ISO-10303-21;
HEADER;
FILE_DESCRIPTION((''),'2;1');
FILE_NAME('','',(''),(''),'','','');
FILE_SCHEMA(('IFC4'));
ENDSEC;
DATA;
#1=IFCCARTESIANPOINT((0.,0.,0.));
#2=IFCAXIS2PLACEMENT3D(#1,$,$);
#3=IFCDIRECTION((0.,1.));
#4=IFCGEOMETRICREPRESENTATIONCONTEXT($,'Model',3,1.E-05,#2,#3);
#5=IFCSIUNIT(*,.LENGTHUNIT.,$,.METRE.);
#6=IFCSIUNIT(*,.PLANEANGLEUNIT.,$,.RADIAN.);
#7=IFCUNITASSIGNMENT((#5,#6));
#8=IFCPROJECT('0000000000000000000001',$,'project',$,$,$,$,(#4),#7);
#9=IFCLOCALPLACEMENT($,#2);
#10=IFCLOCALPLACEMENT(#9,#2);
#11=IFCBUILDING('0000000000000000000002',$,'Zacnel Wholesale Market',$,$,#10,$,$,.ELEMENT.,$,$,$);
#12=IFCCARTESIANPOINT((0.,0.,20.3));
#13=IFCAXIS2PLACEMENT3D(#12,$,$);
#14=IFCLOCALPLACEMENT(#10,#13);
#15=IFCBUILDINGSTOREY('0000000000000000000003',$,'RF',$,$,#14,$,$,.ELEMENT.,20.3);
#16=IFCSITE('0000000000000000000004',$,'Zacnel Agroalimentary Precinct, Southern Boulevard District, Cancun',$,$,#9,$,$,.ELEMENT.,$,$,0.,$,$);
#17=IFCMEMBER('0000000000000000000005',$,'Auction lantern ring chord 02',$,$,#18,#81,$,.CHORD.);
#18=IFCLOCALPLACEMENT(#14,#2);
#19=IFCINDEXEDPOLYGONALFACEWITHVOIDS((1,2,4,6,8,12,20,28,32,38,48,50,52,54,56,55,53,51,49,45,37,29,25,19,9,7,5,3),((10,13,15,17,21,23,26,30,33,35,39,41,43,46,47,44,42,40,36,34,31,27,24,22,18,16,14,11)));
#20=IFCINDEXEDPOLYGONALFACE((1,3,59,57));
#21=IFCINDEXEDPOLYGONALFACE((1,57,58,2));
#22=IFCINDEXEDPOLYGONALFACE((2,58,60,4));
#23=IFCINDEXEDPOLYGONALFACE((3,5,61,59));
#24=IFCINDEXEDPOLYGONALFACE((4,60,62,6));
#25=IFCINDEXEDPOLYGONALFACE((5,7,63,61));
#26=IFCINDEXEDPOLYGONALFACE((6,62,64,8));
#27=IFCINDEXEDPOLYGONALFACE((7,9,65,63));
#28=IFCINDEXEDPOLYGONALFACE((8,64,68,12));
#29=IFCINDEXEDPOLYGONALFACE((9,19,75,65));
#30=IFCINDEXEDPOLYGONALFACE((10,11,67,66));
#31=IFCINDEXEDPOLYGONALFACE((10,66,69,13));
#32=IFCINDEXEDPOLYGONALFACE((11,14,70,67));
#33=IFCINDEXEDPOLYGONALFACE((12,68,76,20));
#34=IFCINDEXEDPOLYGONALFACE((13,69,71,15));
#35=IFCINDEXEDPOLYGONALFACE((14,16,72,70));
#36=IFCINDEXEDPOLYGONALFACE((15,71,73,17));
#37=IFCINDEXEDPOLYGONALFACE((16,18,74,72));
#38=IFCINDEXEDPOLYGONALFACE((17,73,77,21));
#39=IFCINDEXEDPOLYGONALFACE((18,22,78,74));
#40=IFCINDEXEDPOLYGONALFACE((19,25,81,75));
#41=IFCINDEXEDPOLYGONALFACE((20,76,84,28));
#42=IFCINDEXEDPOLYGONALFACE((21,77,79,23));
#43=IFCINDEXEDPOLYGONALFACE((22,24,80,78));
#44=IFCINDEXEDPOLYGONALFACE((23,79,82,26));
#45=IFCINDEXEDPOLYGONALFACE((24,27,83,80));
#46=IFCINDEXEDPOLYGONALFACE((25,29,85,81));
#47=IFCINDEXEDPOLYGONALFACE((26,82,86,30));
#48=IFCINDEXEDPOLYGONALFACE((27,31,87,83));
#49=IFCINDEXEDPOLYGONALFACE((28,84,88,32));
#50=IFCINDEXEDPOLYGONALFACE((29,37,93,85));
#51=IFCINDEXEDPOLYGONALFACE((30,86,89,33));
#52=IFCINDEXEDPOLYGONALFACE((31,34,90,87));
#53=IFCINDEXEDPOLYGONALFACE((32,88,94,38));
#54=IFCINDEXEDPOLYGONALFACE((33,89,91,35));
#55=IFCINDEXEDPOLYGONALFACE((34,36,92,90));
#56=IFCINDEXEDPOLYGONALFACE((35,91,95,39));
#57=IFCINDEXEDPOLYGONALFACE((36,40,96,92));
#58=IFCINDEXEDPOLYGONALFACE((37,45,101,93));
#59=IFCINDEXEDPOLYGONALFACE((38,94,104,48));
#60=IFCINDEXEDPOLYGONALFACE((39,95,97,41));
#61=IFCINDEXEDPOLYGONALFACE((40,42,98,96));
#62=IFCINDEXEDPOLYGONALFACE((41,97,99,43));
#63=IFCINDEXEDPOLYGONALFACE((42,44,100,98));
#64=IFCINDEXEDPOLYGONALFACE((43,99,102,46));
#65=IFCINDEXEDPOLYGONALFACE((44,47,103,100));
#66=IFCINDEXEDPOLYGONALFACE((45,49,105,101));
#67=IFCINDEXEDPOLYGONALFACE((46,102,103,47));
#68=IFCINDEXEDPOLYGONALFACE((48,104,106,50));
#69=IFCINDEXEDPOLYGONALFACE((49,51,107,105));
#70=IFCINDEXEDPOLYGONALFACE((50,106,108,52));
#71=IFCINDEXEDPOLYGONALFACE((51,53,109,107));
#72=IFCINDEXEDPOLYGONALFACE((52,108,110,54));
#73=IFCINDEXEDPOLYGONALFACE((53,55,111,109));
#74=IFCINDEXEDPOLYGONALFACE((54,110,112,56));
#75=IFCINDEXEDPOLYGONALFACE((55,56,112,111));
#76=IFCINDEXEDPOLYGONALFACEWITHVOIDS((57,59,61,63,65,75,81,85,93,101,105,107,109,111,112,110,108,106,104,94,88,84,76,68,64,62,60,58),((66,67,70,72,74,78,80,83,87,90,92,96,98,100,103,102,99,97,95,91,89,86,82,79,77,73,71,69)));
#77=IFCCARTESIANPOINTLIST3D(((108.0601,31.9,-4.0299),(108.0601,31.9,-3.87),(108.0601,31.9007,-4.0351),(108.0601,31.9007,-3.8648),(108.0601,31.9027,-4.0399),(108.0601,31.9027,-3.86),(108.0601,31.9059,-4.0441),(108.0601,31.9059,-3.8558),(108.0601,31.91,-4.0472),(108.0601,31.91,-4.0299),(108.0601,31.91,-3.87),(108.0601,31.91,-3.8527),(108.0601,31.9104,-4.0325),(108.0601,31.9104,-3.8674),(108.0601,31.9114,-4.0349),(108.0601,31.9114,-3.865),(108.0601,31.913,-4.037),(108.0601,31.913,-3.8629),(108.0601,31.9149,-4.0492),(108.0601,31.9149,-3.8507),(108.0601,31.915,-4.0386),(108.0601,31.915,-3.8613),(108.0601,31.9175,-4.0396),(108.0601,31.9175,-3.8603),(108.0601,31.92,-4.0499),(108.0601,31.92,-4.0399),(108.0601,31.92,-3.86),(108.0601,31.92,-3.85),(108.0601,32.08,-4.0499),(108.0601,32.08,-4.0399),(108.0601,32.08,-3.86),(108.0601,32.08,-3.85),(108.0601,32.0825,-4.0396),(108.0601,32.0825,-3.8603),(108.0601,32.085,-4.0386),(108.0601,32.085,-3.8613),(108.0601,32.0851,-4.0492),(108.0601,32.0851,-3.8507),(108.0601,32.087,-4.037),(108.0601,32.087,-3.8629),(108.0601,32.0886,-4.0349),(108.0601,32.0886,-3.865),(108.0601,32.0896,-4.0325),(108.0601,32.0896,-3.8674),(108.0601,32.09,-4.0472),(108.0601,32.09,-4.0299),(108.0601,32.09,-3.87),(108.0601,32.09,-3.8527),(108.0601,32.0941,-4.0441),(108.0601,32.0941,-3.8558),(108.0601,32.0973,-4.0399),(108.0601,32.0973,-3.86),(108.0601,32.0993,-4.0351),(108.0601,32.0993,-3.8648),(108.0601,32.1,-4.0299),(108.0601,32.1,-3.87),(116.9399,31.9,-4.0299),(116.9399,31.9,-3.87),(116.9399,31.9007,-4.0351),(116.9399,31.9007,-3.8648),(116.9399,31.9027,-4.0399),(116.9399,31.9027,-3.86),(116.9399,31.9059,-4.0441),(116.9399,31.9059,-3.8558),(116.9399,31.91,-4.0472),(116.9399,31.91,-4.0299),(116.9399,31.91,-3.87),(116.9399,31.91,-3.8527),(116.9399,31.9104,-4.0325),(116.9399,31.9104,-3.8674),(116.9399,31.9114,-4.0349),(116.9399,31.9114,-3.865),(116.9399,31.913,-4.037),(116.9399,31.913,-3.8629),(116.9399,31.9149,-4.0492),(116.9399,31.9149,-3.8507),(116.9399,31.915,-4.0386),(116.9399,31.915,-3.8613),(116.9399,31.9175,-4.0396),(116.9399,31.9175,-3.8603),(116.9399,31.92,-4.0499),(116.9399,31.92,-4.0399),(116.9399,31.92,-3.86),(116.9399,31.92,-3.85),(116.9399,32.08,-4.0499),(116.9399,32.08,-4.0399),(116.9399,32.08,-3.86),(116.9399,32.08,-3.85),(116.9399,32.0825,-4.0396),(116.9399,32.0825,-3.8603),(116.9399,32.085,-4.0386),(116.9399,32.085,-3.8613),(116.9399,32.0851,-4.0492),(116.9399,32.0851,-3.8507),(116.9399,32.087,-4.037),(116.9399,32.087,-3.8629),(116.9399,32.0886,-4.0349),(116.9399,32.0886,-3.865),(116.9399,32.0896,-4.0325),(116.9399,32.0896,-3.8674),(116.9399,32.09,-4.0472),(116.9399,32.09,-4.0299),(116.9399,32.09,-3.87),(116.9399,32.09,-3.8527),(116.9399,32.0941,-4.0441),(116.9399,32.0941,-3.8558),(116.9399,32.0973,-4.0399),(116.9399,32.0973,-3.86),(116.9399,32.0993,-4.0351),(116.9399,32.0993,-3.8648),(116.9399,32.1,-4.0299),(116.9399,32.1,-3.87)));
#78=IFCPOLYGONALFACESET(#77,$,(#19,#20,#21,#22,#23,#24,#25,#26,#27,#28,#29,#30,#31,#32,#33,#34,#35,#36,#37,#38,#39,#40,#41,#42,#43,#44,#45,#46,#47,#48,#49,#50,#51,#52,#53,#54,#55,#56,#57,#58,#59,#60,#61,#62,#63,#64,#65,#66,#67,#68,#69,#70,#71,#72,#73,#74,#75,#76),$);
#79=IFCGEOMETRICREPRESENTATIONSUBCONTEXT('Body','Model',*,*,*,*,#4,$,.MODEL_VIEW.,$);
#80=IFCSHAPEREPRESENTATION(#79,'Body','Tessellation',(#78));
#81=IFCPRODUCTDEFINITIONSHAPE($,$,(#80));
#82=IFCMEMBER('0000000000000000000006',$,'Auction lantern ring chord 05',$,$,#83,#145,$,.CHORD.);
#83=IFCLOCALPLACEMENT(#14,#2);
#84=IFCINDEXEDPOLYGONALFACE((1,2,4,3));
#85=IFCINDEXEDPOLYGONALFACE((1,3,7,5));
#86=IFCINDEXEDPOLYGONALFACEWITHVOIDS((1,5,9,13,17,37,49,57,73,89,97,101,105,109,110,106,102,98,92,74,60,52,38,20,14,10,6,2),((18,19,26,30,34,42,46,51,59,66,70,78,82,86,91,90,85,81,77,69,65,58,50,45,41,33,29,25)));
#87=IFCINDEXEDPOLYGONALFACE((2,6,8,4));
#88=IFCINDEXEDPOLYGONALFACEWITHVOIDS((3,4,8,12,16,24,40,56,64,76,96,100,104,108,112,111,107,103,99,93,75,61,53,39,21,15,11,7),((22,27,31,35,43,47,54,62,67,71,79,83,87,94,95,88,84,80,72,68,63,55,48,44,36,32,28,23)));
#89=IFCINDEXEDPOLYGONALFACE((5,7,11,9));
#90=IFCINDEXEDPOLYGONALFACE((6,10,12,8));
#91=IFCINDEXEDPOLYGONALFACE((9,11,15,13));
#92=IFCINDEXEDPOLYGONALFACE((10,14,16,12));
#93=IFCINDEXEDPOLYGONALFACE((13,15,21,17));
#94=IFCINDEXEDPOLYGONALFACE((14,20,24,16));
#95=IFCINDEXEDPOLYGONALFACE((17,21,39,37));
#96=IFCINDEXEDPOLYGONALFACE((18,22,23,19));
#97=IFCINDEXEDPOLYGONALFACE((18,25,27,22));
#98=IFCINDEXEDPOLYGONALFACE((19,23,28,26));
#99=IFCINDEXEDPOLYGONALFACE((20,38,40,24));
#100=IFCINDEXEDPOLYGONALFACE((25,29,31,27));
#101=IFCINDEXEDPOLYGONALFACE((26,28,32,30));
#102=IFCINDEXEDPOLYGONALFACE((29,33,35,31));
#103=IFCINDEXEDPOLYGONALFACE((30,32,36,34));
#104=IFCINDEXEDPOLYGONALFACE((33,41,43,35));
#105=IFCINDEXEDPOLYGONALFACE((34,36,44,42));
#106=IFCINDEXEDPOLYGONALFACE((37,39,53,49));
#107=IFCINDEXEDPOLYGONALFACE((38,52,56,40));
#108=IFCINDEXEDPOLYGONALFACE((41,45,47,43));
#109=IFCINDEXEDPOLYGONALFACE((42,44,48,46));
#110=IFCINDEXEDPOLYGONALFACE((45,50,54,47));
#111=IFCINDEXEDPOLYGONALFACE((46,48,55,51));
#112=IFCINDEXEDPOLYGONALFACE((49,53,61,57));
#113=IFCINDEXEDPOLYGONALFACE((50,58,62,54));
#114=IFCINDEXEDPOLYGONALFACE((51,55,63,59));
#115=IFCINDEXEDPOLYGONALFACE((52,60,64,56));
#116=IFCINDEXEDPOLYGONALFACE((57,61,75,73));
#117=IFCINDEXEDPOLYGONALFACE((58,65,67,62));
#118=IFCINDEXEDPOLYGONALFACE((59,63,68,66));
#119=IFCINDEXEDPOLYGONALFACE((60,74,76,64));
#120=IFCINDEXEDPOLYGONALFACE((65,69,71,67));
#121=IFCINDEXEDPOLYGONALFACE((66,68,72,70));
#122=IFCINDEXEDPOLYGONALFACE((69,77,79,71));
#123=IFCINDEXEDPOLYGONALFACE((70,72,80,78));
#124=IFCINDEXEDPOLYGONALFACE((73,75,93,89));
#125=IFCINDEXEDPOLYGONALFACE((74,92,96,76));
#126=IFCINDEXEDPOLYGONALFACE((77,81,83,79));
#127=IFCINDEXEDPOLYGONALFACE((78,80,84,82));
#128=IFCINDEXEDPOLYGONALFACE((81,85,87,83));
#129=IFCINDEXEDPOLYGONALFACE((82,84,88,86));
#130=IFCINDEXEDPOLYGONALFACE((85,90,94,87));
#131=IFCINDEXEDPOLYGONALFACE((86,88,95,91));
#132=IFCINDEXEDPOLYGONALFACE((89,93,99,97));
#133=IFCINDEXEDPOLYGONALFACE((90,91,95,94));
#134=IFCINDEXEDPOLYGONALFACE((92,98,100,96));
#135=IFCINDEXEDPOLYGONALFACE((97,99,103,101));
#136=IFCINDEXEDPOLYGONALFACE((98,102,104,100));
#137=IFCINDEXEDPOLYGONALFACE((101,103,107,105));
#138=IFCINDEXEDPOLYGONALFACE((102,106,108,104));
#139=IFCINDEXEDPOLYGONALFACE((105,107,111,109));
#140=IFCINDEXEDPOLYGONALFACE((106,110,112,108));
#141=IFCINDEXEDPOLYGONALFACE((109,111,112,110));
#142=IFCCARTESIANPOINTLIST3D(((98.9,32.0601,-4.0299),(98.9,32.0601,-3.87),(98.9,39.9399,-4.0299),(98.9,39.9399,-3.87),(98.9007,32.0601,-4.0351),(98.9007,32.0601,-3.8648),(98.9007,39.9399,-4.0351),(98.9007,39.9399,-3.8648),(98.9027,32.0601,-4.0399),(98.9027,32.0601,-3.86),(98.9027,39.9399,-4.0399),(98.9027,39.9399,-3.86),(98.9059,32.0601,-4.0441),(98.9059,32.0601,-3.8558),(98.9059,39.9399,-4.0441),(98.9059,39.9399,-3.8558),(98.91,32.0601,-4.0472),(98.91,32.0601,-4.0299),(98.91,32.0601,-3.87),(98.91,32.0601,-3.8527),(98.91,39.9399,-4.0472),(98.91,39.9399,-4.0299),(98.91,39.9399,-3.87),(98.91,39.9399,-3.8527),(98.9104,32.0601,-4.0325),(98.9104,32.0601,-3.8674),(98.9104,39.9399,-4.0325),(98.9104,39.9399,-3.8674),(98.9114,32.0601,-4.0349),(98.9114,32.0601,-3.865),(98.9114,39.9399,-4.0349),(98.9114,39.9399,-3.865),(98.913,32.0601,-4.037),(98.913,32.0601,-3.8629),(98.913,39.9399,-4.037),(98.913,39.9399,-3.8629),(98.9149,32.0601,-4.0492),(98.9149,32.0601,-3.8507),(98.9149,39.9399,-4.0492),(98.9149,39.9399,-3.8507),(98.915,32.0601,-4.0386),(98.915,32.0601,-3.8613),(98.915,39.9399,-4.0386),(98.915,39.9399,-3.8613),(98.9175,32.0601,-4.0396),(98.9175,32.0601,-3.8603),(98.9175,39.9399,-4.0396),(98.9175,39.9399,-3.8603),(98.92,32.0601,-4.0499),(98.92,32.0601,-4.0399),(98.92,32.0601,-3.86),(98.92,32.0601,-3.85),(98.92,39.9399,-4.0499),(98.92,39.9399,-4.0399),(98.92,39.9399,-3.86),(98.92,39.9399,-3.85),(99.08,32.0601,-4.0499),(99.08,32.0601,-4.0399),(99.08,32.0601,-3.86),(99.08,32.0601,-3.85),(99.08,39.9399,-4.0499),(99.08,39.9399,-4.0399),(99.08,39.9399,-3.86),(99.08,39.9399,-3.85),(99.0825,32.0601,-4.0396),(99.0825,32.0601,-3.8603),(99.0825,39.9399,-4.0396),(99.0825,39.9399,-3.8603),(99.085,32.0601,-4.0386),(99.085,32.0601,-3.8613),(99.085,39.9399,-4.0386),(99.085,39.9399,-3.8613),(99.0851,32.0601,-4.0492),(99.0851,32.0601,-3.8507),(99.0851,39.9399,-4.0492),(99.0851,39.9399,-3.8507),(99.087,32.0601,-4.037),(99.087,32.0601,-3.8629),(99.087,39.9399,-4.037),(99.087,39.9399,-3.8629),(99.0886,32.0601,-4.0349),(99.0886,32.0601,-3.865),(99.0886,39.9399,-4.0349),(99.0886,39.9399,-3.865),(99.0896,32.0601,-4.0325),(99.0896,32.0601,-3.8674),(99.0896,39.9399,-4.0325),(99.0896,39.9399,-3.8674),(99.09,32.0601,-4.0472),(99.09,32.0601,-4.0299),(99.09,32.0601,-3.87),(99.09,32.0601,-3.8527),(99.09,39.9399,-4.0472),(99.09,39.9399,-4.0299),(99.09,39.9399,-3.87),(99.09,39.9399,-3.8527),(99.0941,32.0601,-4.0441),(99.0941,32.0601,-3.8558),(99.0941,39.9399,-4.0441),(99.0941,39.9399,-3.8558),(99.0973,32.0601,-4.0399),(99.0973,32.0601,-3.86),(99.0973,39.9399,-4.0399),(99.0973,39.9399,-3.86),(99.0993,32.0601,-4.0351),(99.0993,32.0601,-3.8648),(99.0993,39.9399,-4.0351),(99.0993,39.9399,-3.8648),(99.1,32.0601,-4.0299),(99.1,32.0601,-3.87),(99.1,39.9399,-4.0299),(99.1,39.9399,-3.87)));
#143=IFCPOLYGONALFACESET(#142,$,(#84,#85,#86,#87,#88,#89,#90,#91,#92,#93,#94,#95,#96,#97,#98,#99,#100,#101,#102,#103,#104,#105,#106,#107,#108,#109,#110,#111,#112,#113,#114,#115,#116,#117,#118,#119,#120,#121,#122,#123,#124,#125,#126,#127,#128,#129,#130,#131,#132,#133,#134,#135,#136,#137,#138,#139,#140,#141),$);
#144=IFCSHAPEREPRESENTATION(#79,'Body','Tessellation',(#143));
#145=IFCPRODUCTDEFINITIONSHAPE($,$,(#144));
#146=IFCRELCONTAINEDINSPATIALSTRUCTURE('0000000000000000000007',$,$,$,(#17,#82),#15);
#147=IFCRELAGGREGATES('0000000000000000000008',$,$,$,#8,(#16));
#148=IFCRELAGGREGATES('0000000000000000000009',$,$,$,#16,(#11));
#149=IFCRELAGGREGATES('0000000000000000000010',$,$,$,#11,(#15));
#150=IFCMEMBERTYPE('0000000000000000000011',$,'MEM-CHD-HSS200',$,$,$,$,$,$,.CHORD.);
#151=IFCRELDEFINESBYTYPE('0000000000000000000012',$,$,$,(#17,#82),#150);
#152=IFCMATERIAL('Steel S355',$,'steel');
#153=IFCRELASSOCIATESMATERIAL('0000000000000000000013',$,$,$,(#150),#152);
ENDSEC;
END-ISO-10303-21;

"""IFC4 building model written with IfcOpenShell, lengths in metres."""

from ifc_helpers import new_model, si_unit, direction, frame, origin, origin_2d, place, context, subcontext, project, spatial, hollow_rectangle, extrude, material, material_profile, profile_set, type_object, element, save


model = new_model("IFC4")

# Units and contexts
model_context = context("Model", 3, precision=1e-05, world=origin(), true_north=direction((0.0, 1.0)))
body_context = subcontext(model_context, "Body", "Model", "MODEL_VIEW")
ifc_project = project(units=[si_unit("LENGTHUNIT", "METRE"), si_unit("PLANEANGLEUNIT", "RADIAN")], contexts=[model_context])

# Site, building, storey
site_placement = place(None, origin())
site = spatial("IfcSite", under=ifc_project, at=site_placement, Name="Zacnel Agroalimentary Precinct, Southern Boulevard District, Cancun", CompositionType="ELEMENT", RefElevation=0.0)
building_placement = place(site_placement, origin())
building = spatial("IfcBuilding", under=site, at=building_placement, Name="Zacnel Wholesale Market", CompositionType="ELEMENT")
storey_placement = place(building_placement, frame((0.0, 0.0, 20.3)))
storey = spatial("IfcBuildingStorey", under=building, at=storey_placement, Name="RF", CompositionType="ELEMENT", Elevation=20.3)

# Members
ifc_material_1 = material(Name="Steel S355", Category="steel")
ifc_material_profile_1 = material_profile(ifc_material_1, hollow_rectangle(XDim=0.2, YDim=0.2, WallThickness=0.01, InnerFilletRadius=0.01, OuterFilletRadius=0.02, at=origin_2d()), Name="HSS 200x200x10")
ifc_profile_set_1 = profile_set([ifc_material_profile_1], Name="Steel S355")
member_type_1 = type_object("IfcMemberType", Name="MEM-CHD-HSS200", PredefinedType="CHORD", material=ifc_profile_set_1)
for number, where, z_axis, x_axis, name in (
    (1, (108.0601, 32.0, -3.95), (1.0, 0.0, 0.0), (0.0, 1.0, 0.0), "Auction lantern ring chord 02"),
):
    element("IfcMember", number, at=place(storey_placement, frame(where, z_axis=z_axis, x_axis=x_axis)), inside=storey, type_object=member_type_1, Name=name, PredefinedType="CHORD", context=body_context, shape_type="SweptSolid", body=[
        extrude(hollow_rectangle(XDim=0.2, YDim=0.2, WallThickness=0.01, InnerFilletRadius=0.01, OuterFilletRadius=0.02, at=origin_2d()), origin(), (0.0, 0.0, 1.0), 8.8799),
    ])
member_1_placement = place(storey_placement, frame((99.0, 32.0601, -3.95), z_axis=(0.0, 1.0, 0.0), x_axis=(-1.0, 0.0, 0.0)))
element("IfcMember", 2, at=member_1_placement, inside=storey, type_object=member_type_1, Name="Auction lantern ring chord 05", PredefinedType="CHORD", context=body_context, shape_type="SweptSolid", body=[
    extrude(hollow_rectangle(XDim=0.2, YDim=0.2, WallThickness=0.01, InnerFilletRadius=0.01, OuterFilletRadius=0.02, at=origin_2d()), origin(), (0.0, 0.0, 1.0), 7.8799),
])

save(model, "model.ifc")
